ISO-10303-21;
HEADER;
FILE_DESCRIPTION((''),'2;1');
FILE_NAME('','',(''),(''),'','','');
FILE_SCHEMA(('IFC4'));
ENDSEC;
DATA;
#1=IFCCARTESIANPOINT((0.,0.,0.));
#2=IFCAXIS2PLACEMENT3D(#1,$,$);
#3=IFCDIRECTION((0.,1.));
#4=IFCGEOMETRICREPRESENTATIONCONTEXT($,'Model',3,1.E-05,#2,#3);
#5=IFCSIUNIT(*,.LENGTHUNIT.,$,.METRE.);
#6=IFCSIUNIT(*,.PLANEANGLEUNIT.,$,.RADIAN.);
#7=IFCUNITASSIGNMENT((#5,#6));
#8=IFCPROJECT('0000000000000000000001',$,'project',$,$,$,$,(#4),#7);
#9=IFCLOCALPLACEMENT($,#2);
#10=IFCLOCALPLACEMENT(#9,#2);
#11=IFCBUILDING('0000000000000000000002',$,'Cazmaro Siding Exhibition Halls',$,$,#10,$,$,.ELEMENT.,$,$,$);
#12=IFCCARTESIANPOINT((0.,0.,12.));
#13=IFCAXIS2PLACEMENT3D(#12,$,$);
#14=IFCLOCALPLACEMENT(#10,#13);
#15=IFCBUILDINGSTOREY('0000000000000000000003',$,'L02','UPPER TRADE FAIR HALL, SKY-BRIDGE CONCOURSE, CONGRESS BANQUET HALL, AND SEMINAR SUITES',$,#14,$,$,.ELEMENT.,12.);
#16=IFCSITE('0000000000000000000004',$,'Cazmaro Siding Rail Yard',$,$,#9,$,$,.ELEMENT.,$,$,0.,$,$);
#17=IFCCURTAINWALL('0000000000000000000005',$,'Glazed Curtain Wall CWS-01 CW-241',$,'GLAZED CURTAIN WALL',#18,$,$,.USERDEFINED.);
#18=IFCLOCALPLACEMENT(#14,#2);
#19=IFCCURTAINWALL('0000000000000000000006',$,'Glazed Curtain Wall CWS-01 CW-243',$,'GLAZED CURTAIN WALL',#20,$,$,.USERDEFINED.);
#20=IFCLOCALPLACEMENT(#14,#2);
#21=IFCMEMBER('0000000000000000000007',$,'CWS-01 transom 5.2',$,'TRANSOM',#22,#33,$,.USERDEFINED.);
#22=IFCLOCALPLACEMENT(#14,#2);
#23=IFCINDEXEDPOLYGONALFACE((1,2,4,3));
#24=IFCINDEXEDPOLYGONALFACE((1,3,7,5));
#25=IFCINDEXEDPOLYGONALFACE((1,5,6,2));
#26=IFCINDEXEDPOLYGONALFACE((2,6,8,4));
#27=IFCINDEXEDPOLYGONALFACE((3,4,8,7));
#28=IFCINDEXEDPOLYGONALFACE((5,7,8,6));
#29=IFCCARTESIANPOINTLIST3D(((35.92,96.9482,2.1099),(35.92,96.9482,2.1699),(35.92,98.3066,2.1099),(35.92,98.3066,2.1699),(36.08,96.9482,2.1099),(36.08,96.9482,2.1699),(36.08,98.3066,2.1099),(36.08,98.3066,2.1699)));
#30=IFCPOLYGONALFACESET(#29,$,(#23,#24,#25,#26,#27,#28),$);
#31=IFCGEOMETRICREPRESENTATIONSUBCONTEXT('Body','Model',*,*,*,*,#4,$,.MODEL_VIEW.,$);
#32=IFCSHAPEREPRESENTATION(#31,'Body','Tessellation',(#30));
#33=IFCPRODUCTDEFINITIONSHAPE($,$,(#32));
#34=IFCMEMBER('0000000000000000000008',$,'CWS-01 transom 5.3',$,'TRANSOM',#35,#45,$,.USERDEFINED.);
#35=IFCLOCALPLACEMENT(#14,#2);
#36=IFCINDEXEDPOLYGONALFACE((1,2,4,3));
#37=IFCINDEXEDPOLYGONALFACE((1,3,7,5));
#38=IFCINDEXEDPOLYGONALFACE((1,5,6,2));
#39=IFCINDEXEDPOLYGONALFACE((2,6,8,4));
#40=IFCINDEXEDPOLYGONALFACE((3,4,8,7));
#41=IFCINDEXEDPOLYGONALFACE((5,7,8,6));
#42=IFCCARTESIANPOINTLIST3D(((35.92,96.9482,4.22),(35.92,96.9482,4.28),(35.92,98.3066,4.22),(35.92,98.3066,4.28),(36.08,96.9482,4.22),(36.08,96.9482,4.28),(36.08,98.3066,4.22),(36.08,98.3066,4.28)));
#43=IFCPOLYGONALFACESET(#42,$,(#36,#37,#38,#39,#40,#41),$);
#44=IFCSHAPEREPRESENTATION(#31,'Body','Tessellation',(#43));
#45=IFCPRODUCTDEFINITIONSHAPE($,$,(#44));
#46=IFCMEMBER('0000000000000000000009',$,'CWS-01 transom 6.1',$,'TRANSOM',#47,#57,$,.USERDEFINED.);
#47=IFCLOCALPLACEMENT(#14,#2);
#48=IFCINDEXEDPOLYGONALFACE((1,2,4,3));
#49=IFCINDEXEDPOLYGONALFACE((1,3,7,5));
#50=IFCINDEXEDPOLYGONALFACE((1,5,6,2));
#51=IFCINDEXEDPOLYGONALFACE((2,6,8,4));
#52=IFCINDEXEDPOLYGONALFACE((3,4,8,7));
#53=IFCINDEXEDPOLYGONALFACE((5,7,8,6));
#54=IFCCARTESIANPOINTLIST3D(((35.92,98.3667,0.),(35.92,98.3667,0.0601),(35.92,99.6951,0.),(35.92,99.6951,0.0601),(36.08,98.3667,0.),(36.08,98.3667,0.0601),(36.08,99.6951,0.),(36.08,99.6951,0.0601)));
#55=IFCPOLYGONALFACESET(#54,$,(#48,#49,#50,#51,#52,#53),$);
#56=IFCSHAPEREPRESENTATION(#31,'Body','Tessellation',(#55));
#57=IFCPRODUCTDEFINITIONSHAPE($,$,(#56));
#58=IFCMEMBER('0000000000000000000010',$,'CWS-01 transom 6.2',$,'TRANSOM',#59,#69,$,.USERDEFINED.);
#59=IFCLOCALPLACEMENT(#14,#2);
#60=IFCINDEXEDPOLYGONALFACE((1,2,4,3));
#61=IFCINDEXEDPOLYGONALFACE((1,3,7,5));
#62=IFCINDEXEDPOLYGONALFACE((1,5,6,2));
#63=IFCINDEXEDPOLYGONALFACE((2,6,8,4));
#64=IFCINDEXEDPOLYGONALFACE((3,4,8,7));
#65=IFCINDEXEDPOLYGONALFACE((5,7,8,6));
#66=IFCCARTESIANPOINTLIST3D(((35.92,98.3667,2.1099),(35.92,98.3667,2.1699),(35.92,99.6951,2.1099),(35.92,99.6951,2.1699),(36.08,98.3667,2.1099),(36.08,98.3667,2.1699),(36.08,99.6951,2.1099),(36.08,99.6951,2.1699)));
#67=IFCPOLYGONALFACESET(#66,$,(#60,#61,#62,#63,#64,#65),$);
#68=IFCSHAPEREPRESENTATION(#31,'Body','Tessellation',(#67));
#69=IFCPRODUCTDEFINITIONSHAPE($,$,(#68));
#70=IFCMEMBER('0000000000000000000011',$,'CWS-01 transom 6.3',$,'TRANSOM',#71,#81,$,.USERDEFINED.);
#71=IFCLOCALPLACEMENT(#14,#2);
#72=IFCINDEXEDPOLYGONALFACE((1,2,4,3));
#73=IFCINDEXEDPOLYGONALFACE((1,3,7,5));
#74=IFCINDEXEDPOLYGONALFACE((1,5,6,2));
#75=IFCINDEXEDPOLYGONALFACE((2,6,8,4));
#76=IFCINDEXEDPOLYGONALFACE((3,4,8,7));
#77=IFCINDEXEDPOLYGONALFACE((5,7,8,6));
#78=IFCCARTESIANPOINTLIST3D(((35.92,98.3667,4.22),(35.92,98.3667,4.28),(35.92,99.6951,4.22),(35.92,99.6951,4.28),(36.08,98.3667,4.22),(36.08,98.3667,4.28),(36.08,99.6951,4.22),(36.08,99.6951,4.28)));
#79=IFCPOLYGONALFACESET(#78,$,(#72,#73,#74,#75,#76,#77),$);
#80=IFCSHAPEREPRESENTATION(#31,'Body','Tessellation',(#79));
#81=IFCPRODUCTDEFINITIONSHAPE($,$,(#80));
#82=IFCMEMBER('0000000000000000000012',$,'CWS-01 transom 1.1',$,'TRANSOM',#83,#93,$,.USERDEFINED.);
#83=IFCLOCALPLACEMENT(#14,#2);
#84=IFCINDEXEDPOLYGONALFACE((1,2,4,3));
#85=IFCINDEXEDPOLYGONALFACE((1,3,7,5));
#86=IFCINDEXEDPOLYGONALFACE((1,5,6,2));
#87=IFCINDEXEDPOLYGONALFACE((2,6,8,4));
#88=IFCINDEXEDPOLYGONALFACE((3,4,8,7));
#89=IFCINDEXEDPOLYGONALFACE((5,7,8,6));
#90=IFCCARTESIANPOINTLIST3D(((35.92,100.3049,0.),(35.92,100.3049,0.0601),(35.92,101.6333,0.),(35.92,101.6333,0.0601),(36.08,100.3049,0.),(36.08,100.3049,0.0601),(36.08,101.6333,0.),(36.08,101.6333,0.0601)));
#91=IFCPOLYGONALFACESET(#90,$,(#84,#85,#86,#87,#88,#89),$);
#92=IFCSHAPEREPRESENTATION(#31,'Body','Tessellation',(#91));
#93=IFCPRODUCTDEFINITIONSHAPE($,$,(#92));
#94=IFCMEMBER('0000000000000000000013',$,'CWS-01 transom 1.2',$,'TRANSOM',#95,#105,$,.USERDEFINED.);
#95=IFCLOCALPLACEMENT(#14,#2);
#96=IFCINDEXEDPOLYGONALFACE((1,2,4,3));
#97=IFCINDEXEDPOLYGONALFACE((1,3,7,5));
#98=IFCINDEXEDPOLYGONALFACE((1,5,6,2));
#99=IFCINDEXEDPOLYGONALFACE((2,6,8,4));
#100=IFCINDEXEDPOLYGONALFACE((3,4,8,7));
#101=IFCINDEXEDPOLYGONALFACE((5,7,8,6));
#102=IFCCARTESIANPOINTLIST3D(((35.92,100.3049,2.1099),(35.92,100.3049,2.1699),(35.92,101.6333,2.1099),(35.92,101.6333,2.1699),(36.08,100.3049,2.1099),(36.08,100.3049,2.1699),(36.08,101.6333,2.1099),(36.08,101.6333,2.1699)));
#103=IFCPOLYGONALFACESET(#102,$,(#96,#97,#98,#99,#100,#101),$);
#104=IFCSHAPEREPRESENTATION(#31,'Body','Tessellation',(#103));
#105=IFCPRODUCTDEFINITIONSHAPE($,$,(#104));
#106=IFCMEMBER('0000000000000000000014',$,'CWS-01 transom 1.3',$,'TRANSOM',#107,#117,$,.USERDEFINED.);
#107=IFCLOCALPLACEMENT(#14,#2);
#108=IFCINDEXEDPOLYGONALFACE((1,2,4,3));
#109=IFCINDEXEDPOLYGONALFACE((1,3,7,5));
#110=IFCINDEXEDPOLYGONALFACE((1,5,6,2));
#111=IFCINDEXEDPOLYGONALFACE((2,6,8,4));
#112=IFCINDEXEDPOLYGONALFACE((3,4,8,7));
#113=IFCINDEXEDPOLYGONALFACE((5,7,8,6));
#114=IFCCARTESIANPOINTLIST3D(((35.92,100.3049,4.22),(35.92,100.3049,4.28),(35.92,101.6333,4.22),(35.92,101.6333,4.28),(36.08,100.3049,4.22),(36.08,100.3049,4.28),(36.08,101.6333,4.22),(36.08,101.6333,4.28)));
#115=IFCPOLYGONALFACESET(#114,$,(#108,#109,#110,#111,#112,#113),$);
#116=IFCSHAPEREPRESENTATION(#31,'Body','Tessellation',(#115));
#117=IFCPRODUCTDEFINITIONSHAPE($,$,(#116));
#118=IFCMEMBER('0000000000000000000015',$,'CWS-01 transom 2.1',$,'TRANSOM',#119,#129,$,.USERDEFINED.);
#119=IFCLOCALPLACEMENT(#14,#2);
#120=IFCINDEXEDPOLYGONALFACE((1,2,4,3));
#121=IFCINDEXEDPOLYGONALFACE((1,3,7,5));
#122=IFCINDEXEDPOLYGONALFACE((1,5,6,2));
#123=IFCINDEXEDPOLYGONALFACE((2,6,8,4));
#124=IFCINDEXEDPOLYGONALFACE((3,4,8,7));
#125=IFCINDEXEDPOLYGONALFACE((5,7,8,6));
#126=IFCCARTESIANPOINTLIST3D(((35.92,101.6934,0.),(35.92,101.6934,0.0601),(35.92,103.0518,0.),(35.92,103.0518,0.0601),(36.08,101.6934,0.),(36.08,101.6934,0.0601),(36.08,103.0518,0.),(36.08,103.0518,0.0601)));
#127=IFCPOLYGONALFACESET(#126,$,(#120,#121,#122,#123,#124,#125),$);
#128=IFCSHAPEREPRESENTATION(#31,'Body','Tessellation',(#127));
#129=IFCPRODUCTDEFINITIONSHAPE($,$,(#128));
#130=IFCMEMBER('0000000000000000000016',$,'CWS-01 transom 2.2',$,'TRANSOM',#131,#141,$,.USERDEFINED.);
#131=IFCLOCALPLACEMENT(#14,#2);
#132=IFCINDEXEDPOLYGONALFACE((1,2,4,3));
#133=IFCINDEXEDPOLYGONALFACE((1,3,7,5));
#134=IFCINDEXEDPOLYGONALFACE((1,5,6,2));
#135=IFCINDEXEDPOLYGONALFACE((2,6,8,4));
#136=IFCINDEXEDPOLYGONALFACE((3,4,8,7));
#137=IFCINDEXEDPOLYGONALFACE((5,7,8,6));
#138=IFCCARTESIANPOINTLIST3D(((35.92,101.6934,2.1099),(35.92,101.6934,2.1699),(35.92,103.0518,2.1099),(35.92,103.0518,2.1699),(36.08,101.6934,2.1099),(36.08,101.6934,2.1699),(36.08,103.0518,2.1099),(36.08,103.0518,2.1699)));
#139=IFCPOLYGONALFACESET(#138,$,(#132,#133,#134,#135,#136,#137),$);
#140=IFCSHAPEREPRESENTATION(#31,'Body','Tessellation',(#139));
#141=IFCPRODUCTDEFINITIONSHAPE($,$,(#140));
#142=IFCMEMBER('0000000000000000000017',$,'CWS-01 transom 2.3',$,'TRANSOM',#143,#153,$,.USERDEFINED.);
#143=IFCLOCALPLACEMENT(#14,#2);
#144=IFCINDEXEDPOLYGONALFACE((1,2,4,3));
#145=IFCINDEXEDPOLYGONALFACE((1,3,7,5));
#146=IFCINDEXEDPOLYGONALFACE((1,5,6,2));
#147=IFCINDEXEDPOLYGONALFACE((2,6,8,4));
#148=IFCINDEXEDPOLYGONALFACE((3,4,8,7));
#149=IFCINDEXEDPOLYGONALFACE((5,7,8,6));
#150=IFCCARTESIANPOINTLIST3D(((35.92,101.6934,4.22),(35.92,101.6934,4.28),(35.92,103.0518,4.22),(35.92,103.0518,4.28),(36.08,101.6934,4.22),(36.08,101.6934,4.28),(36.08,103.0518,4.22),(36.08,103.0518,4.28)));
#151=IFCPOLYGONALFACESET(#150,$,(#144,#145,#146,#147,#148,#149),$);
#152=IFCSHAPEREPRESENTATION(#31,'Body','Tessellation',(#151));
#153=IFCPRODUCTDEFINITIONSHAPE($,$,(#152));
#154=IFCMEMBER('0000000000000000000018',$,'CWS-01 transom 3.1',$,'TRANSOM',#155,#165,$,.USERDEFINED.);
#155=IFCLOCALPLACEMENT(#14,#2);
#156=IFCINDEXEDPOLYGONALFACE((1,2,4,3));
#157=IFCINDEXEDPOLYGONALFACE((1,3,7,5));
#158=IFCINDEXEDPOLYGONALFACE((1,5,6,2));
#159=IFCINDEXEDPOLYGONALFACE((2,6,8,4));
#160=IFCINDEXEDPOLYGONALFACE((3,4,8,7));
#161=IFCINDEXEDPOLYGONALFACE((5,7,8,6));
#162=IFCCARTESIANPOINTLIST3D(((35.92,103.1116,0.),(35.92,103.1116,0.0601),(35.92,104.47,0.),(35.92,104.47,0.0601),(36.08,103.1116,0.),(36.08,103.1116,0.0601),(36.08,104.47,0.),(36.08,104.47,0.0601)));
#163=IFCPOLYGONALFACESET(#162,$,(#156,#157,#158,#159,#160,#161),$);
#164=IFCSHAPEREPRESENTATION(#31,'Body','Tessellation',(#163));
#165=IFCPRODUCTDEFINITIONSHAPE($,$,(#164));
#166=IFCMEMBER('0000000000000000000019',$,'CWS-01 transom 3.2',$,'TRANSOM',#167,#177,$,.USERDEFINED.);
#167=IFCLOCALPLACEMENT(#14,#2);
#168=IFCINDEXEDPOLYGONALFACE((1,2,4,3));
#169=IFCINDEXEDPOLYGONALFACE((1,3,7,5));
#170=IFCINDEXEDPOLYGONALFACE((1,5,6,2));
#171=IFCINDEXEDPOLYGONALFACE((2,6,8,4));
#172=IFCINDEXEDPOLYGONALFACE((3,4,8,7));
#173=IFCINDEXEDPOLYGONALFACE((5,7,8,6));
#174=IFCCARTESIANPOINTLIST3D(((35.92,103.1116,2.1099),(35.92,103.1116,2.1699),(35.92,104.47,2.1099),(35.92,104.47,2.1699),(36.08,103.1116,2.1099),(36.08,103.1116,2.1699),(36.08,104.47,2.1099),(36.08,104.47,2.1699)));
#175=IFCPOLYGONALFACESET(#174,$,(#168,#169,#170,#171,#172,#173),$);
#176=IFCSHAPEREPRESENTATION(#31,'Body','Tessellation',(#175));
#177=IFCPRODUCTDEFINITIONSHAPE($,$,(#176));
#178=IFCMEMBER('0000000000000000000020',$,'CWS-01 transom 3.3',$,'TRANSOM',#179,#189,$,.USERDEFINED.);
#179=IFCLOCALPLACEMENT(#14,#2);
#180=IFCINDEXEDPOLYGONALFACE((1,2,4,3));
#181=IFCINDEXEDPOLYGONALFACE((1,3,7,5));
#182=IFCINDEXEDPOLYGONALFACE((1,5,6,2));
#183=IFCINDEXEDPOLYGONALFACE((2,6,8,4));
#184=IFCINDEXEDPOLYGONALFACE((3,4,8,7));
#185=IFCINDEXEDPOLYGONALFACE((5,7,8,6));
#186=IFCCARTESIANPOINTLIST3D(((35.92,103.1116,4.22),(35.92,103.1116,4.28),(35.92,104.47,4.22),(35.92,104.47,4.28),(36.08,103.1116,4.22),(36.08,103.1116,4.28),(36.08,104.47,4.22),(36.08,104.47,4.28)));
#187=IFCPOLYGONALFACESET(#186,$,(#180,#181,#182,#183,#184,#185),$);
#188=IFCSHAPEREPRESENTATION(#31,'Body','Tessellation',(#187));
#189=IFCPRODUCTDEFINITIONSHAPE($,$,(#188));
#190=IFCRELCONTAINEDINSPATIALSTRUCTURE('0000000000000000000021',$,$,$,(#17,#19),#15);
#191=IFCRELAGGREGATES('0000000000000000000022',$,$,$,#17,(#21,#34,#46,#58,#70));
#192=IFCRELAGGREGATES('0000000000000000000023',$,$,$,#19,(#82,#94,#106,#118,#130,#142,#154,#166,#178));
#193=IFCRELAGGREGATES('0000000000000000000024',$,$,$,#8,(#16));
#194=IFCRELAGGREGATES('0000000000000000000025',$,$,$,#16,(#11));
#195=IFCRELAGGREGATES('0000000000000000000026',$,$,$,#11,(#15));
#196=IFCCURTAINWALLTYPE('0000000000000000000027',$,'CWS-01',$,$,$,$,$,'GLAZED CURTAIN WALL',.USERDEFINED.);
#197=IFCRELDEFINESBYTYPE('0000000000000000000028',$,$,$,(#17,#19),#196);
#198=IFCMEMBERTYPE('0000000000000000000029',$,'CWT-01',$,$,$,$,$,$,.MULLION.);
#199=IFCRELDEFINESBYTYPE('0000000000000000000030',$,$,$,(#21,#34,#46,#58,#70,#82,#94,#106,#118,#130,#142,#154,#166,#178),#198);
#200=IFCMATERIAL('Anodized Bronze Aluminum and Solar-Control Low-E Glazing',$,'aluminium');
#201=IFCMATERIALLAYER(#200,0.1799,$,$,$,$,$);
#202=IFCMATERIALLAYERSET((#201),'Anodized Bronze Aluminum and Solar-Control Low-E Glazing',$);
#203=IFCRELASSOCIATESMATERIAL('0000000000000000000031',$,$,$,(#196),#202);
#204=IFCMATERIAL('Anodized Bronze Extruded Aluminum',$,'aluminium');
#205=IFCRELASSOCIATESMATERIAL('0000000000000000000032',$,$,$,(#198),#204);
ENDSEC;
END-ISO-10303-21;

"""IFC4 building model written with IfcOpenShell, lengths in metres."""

from ifc_helpers import new_model, si_unit, direction, frame, origin, origin_2d, place, context, subcontext, project, spatial, rectangle, extrude, material, layer, layer_set, material_profile, profile_set, type_object, element, aggregate, save


model = new_model("IFC4")

# Units and contexts
model_context = context("Model", 3, precision=1e-05, world=origin(), true_north=direction((0.0, 1.0)))
body_context = subcontext(model_context, "Body", "Model", "MODEL_VIEW")
ifc_project = project(units=[si_unit("LENGTHUNIT", "METRE"), si_unit("PLANEANGLEUNIT", "RADIAN")], contexts=[model_context])

# Site, building, storey
site_placement = place(None, origin())
site = spatial("IfcSite", under=ifc_project, at=site_placement, Name="Cazmaro Siding Rail Yard", CompositionType="ELEMENT", RefElevation=0.0)
building_placement = place(site_placement, origin())
building = spatial("IfcBuilding", under=site, at=building_placement, Name="Cazmaro Siding Exhibition Halls", CompositionType="ELEMENT")
storey_placement = place(building_placement, frame((0.0, 0.0, 12.0)))
storey = spatial("IfcBuildingStorey", under=building, at=storey_placement, Name="L02", Description="UPPER TRADE FAIR HALL, SKY-BRIDGE CONCOURSE, CONGRESS BANQUET HALL, AND SEMINAR SUITES", CompositionType="ELEMENT", Elevation=12.0)

# Curtain walls
ifc_material_1 = material(Name="Anodized Bronze Aluminum and Solar-Control Low-E Glazing", Category="aluminium")
ifc_layer_1 = layer(ifc_material_1, 0.1799)
ifc_layer_set_1 = layer_set([ifc_layer_1], Name="Anodized Bronze Aluminum and Solar-Control Low-E Glazing")
curtain_wall_type = type_object("IfcCurtainWallType", Name="CWS-01", ElementType="GLAZED CURTAIN WALL", PredefinedType="USERDEFINED", material=ifc_layer_set_1)
curtain_wall_1_placement = place(storey_placement, origin())
curtain_wall_1 = element("IfcCurtainWall", 1, at=curtain_wall_1_placement, inside=storey, type_object=curtain_wall_type, Name="Glazed Curtain Wall CWS-01 CW-241", ObjectType="GLAZED CURTAIN WALL", PredefinedType="USERDEFINED")
curtain_wall_2_placement = place(storey_placement, origin())
curtain_wall_2 = element("IfcCurtainWall", 2, at=curtain_wall_2_placement, inside=storey, type_object=curtain_wall_type, Name="Glazed Curtain Wall CWS-01 CW-243", ObjectType="GLAZED CURTAIN WALL", PredefinedType="USERDEFINED")

# Members
ifc_material_2 = material(Name="Anodized Bronze Extruded Aluminum", Category="aluminium")
ifc_material_profile_1 = material_profile(ifc_material_2, rectangle(XDim=0.1599, YDim=0.0601, at=origin_2d()), Name="CWT-01")
ifc_profile_set_1 = profile_set([ifc_material_profile_1], Name="Anodized Bronze Extruded Aluminum")
member_type_1 = type_object("IfcMemberType", Name="CWT-01", PredefinedType="MULLION", material=ifc_profile_set_1)
member_1_placement = place(storey_placement, frame((36.0, 96.9482, 2.1399), z_axis=(0.0, 1.0, 0.0), x_axis=(-1.0, 0.0, 0.0)))
member_1 = element("IfcMember", 3, at=member_1_placement, type_object=member_type_1, Name="CWS-01 transom 5.2", ObjectType="TRANSOM", PredefinedType="USERDEFINED", context=body_context, shape_type="SweptSolid", body=[
    extrude(rectangle(XDim=0.1599, YDim=0.0601, at=origin_2d()), origin(), (0.0, 0.0, 1.0), 1.3584),
])
member_2_placement = place(storey_placement, frame((36.0, 96.9482, 4.25), z_axis=(0.0, 1.0, 0.0), x_axis=(-1.0, 0.0, 0.0)))
member_2 = element("IfcMember", 4, at=member_2_placement, type_object=member_type_1, Name="CWS-01 transom 5.3", ObjectType="TRANSOM", PredefinedType="USERDEFINED", context=body_context, shape_type="SweptSolid", body=[
    extrude(rectangle(XDim=0.1599, YDim=0.0601, at=origin_2d()), origin(), (0.0, 0.0, 1.0), 1.3584),
])
member_3_placement = place(storey_placement, frame((36.0, 98.3667, 0.03), z_axis=(0.0, 1.0, 0.0), x_axis=(-1.0, 0.0, 0.0)))
member_3 = element("IfcMember", 5, at=member_3_placement, type_object=member_type_1, Name="CWS-01 transom 6.1", ObjectType="TRANSOM", PredefinedType="USERDEFINED", context=body_context, shape_type="SweptSolid", body=[
    extrude(rectangle(XDim=0.1599, YDim=0.0601, at=origin_2d()), origin(), (0.0, 0.0, 1.0), 1.3284),
])
member_4_placement = place(storey_placement, frame((36.0, 98.3667, 2.1399), z_axis=(0.0, 1.0, 0.0), x_axis=(-1.0, 0.0, 0.0)))
member_4 = element("IfcMember", 6, at=member_4_placement, type_object=member_type_1, Name="CWS-01 transom 6.2", ObjectType="TRANSOM", PredefinedType="USERDEFINED", context=body_context, shape_type="SweptSolid", body=[
    extrude(rectangle(XDim=0.1599, YDim=0.0601, at=origin_2d()), origin(), (0.0, 0.0, 1.0), 1.3284),
])
member_5_placement = place(storey_placement, frame((36.0, 98.3667, 4.25), z_axis=(0.0, 1.0, 0.0), x_axis=(-1.0, 0.0, 0.0)))
member_5 = element("IfcMember", 7, at=member_5_placement, type_object=member_type_1, Name="CWS-01 transom 6.3", ObjectType="TRANSOM", PredefinedType="USERDEFINED", context=body_context, shape_type="SweptSolid", body=[
    extrude(rectangle(XDim=0.1599, YDim=0.0601, at=origin_2d()), origin(), (0.0, 0.0, 1.0), 1.3284),
])
member_6_placement = place(storey_placement, frame((36.0, 100.3049, 0.03), z_axis=(0.0, 1.0, 0.0), x_axis=(-1.0, 0.0, 0.0)))
member_6 = element("IfcMember", 8, at=member_6_placement, type_object=member_type_1, Name="CWS-01 transom 1.1", ObjectType="TRANSOM", PredefinedType="USERDEFINED", context=body_context, shape_type="SweptSolid", body=[
    extrude(rectangle(XDim=0.1599, YDim=0.0601, at=origin_2d()), origin(), (0.0, 0.0, 1.0), 1.3284),
])
member_7_placement = place(storey_placement, frame((36.0, 100.3049, 2.1399), z_axis=(0.0, 1.0, 0.0), x_axis=(-1.0, 0.0, 0.0)))
member_7 = element("IfcMember", 9, at=member_7_placement, type_object=member_type_1, Name="CWS-01 transom 1.2", ObjectType="TRANSOM", PredefinedType="USERDEFINED", context=body_context, shape_type="SweptSolid", body=[
    extrude(rectangle(XDim=0.1599, YDim=0.0601, at=origin_2d()), origin(), (0.0, 0.0, 1.0), 1.3284),
])
member_8_placement = place(storey_placement, frame((36.0, 100.3049, 4.25), z_axis=(0.0, 1.0, 0.0), x_axis=(-1.0, 0.0, 0.0)))
member_8 = element("IfcMember", 10, at=member_8_placement, type_object=member_type_1, Name="CWS-01 transom 1.3", ObjectType="TRANSOM", PredefinedType="USERDEFINED", context=body_context, shape_type="SweptSolid", body=[
    extrude(rectangle(XDim=0.1599, YDim=0.0601, at=origin_2d()), origin(), (0.0, 0.0, 1.0), 1.3284),
])
member_9_placement = place(storey_placement, frame((36.0, 101.6934, 0.03), z_axis=(0.0, 1.0, 0.0), x_axis=(-1.0, 0.0, 0.0)))
member_9 = element("IfcMember", 11, at=member_9_placement, type_object=member_type_1, Name="CWS-01 transom 2.1", ObjectType="TRANSOM", PredefinedType="USERDEFINED", context=body_context, shape_type="SweptSolid", body=[
    extrude(rectangle(XDim=0.1599, YDim=0.0601, at=origin_2d()), origin(), (0.0, 0.0, 1.0), 1.3584),
])
member_10_placement = place(storey_placement, frame((36.0, 101.6934, 2.1399), z_axis=(0.0, 1.0, 0.0), x_axis=(-1.0, 0.0, 0.0)))
member_10 = element("IfcMember", 12, at=member_10_placement, type_object=member_type_1, Name="CWS-01 transom 2.2", ObjectType="TRANSOM", PredefinedType="USERDEFINED", context=body_context, shape_type="SweptSolid", body=[
    extrude(rectangle(XDim=0.1599, YDim=0.0601, at=origin_2d()), origin(), (0.0, 0.0, 1.0), 1.3584),
])
member_11_placement = place(storey_placement, frame((36.0, 101.6934, 4.25), z_axis=(0.0, 1.0, 0.0), x_axis=(-1.0, 0.0, 0.0)))
member_11 = element("IfcMember", 13, at=member_11_placement, type_object=member_type_1, Name="CWS-01 transom 2.3", ObjectType="TRANSOM", PredefinedType="USERDEFINED", context=body_context, shape_type="SweptSolid", body=[
    extrude(rectangle(XDim=0.1599, YDim=0.0601, at=origin_2d()), origin(), (0.0, 0.0, 1.0), 1.3584),
])
member_12_placement = place(storey_placement, frame((36.0, 103.1116, 0.03), z_axis=(0.0, 1.0, 0.0), x_axis=(-1.0, 0.0, 0.0)))
member_12 = element("IfcMember", 14, at=member_12_placement, type_object=member_type_1, Name="CWS-01 transom 3.1", ObjectType="TRANSOM", PredefinedType="USERDEFINED", context=body_context, shape_type="SweptSolid", body=[
    extrude(rectangle(XDim=0.1599, YDim=0.0601, at=origin_2d()), origin(), (0.0, 0.0, 1.0), 1.3584),
])
member_13_placement = place(storey_placement, frame((36.0, 103.1116, 2.1399), z_axis=(0.0, 1.0, 0.0), x_axis=(-1.0, 0.0, 0.0)))
member_13 = element("IfcMember", 15, at=member_13_placement, type_object=member_type_1, Name="CWS-01 transom 3.2", ObjectType="TRANSOM", PredefinedType="USERDEFINED", context=body_context, shape_type="SweptSolid", body=[
    extrude(rectangle(XDim=0.1599, YDim=0.0601, at=origin_2d()), origin(), (0.0, 0.0, 1.0), 1.3584),
])
member_14_placement = place(storey_placement, frame((36.0, 103.1116, 4.25), z_axis=(0.0, 1.0, 0.0), x_axis=(-1.0, 0.0, 0.0)))
member_14 = element("IfcMember", 16, at=member_14_placement, type_object=member_type_1, Name="CWS-01 transom 3.3", ObjectType="TRANSOM", PredefinedType="USERDEFINED", context=body_context, shape_type="SweptSolid", body=[
    extrude(rectangle(XDim=0.1599, YDim=0.0601, at=origin_2d()), origin(), (0.0, 0.0, 1.0), 1.3584),
])

aggregate(curtain_wall_1, [member_1, member_2, member_3, member_4, member_5])
aggregate(curtain_wall_2, [member_6, member_7, member_8, member_9, member_10, member_11, member_12, member_13, member_14])

save(model, "model.ifc")
